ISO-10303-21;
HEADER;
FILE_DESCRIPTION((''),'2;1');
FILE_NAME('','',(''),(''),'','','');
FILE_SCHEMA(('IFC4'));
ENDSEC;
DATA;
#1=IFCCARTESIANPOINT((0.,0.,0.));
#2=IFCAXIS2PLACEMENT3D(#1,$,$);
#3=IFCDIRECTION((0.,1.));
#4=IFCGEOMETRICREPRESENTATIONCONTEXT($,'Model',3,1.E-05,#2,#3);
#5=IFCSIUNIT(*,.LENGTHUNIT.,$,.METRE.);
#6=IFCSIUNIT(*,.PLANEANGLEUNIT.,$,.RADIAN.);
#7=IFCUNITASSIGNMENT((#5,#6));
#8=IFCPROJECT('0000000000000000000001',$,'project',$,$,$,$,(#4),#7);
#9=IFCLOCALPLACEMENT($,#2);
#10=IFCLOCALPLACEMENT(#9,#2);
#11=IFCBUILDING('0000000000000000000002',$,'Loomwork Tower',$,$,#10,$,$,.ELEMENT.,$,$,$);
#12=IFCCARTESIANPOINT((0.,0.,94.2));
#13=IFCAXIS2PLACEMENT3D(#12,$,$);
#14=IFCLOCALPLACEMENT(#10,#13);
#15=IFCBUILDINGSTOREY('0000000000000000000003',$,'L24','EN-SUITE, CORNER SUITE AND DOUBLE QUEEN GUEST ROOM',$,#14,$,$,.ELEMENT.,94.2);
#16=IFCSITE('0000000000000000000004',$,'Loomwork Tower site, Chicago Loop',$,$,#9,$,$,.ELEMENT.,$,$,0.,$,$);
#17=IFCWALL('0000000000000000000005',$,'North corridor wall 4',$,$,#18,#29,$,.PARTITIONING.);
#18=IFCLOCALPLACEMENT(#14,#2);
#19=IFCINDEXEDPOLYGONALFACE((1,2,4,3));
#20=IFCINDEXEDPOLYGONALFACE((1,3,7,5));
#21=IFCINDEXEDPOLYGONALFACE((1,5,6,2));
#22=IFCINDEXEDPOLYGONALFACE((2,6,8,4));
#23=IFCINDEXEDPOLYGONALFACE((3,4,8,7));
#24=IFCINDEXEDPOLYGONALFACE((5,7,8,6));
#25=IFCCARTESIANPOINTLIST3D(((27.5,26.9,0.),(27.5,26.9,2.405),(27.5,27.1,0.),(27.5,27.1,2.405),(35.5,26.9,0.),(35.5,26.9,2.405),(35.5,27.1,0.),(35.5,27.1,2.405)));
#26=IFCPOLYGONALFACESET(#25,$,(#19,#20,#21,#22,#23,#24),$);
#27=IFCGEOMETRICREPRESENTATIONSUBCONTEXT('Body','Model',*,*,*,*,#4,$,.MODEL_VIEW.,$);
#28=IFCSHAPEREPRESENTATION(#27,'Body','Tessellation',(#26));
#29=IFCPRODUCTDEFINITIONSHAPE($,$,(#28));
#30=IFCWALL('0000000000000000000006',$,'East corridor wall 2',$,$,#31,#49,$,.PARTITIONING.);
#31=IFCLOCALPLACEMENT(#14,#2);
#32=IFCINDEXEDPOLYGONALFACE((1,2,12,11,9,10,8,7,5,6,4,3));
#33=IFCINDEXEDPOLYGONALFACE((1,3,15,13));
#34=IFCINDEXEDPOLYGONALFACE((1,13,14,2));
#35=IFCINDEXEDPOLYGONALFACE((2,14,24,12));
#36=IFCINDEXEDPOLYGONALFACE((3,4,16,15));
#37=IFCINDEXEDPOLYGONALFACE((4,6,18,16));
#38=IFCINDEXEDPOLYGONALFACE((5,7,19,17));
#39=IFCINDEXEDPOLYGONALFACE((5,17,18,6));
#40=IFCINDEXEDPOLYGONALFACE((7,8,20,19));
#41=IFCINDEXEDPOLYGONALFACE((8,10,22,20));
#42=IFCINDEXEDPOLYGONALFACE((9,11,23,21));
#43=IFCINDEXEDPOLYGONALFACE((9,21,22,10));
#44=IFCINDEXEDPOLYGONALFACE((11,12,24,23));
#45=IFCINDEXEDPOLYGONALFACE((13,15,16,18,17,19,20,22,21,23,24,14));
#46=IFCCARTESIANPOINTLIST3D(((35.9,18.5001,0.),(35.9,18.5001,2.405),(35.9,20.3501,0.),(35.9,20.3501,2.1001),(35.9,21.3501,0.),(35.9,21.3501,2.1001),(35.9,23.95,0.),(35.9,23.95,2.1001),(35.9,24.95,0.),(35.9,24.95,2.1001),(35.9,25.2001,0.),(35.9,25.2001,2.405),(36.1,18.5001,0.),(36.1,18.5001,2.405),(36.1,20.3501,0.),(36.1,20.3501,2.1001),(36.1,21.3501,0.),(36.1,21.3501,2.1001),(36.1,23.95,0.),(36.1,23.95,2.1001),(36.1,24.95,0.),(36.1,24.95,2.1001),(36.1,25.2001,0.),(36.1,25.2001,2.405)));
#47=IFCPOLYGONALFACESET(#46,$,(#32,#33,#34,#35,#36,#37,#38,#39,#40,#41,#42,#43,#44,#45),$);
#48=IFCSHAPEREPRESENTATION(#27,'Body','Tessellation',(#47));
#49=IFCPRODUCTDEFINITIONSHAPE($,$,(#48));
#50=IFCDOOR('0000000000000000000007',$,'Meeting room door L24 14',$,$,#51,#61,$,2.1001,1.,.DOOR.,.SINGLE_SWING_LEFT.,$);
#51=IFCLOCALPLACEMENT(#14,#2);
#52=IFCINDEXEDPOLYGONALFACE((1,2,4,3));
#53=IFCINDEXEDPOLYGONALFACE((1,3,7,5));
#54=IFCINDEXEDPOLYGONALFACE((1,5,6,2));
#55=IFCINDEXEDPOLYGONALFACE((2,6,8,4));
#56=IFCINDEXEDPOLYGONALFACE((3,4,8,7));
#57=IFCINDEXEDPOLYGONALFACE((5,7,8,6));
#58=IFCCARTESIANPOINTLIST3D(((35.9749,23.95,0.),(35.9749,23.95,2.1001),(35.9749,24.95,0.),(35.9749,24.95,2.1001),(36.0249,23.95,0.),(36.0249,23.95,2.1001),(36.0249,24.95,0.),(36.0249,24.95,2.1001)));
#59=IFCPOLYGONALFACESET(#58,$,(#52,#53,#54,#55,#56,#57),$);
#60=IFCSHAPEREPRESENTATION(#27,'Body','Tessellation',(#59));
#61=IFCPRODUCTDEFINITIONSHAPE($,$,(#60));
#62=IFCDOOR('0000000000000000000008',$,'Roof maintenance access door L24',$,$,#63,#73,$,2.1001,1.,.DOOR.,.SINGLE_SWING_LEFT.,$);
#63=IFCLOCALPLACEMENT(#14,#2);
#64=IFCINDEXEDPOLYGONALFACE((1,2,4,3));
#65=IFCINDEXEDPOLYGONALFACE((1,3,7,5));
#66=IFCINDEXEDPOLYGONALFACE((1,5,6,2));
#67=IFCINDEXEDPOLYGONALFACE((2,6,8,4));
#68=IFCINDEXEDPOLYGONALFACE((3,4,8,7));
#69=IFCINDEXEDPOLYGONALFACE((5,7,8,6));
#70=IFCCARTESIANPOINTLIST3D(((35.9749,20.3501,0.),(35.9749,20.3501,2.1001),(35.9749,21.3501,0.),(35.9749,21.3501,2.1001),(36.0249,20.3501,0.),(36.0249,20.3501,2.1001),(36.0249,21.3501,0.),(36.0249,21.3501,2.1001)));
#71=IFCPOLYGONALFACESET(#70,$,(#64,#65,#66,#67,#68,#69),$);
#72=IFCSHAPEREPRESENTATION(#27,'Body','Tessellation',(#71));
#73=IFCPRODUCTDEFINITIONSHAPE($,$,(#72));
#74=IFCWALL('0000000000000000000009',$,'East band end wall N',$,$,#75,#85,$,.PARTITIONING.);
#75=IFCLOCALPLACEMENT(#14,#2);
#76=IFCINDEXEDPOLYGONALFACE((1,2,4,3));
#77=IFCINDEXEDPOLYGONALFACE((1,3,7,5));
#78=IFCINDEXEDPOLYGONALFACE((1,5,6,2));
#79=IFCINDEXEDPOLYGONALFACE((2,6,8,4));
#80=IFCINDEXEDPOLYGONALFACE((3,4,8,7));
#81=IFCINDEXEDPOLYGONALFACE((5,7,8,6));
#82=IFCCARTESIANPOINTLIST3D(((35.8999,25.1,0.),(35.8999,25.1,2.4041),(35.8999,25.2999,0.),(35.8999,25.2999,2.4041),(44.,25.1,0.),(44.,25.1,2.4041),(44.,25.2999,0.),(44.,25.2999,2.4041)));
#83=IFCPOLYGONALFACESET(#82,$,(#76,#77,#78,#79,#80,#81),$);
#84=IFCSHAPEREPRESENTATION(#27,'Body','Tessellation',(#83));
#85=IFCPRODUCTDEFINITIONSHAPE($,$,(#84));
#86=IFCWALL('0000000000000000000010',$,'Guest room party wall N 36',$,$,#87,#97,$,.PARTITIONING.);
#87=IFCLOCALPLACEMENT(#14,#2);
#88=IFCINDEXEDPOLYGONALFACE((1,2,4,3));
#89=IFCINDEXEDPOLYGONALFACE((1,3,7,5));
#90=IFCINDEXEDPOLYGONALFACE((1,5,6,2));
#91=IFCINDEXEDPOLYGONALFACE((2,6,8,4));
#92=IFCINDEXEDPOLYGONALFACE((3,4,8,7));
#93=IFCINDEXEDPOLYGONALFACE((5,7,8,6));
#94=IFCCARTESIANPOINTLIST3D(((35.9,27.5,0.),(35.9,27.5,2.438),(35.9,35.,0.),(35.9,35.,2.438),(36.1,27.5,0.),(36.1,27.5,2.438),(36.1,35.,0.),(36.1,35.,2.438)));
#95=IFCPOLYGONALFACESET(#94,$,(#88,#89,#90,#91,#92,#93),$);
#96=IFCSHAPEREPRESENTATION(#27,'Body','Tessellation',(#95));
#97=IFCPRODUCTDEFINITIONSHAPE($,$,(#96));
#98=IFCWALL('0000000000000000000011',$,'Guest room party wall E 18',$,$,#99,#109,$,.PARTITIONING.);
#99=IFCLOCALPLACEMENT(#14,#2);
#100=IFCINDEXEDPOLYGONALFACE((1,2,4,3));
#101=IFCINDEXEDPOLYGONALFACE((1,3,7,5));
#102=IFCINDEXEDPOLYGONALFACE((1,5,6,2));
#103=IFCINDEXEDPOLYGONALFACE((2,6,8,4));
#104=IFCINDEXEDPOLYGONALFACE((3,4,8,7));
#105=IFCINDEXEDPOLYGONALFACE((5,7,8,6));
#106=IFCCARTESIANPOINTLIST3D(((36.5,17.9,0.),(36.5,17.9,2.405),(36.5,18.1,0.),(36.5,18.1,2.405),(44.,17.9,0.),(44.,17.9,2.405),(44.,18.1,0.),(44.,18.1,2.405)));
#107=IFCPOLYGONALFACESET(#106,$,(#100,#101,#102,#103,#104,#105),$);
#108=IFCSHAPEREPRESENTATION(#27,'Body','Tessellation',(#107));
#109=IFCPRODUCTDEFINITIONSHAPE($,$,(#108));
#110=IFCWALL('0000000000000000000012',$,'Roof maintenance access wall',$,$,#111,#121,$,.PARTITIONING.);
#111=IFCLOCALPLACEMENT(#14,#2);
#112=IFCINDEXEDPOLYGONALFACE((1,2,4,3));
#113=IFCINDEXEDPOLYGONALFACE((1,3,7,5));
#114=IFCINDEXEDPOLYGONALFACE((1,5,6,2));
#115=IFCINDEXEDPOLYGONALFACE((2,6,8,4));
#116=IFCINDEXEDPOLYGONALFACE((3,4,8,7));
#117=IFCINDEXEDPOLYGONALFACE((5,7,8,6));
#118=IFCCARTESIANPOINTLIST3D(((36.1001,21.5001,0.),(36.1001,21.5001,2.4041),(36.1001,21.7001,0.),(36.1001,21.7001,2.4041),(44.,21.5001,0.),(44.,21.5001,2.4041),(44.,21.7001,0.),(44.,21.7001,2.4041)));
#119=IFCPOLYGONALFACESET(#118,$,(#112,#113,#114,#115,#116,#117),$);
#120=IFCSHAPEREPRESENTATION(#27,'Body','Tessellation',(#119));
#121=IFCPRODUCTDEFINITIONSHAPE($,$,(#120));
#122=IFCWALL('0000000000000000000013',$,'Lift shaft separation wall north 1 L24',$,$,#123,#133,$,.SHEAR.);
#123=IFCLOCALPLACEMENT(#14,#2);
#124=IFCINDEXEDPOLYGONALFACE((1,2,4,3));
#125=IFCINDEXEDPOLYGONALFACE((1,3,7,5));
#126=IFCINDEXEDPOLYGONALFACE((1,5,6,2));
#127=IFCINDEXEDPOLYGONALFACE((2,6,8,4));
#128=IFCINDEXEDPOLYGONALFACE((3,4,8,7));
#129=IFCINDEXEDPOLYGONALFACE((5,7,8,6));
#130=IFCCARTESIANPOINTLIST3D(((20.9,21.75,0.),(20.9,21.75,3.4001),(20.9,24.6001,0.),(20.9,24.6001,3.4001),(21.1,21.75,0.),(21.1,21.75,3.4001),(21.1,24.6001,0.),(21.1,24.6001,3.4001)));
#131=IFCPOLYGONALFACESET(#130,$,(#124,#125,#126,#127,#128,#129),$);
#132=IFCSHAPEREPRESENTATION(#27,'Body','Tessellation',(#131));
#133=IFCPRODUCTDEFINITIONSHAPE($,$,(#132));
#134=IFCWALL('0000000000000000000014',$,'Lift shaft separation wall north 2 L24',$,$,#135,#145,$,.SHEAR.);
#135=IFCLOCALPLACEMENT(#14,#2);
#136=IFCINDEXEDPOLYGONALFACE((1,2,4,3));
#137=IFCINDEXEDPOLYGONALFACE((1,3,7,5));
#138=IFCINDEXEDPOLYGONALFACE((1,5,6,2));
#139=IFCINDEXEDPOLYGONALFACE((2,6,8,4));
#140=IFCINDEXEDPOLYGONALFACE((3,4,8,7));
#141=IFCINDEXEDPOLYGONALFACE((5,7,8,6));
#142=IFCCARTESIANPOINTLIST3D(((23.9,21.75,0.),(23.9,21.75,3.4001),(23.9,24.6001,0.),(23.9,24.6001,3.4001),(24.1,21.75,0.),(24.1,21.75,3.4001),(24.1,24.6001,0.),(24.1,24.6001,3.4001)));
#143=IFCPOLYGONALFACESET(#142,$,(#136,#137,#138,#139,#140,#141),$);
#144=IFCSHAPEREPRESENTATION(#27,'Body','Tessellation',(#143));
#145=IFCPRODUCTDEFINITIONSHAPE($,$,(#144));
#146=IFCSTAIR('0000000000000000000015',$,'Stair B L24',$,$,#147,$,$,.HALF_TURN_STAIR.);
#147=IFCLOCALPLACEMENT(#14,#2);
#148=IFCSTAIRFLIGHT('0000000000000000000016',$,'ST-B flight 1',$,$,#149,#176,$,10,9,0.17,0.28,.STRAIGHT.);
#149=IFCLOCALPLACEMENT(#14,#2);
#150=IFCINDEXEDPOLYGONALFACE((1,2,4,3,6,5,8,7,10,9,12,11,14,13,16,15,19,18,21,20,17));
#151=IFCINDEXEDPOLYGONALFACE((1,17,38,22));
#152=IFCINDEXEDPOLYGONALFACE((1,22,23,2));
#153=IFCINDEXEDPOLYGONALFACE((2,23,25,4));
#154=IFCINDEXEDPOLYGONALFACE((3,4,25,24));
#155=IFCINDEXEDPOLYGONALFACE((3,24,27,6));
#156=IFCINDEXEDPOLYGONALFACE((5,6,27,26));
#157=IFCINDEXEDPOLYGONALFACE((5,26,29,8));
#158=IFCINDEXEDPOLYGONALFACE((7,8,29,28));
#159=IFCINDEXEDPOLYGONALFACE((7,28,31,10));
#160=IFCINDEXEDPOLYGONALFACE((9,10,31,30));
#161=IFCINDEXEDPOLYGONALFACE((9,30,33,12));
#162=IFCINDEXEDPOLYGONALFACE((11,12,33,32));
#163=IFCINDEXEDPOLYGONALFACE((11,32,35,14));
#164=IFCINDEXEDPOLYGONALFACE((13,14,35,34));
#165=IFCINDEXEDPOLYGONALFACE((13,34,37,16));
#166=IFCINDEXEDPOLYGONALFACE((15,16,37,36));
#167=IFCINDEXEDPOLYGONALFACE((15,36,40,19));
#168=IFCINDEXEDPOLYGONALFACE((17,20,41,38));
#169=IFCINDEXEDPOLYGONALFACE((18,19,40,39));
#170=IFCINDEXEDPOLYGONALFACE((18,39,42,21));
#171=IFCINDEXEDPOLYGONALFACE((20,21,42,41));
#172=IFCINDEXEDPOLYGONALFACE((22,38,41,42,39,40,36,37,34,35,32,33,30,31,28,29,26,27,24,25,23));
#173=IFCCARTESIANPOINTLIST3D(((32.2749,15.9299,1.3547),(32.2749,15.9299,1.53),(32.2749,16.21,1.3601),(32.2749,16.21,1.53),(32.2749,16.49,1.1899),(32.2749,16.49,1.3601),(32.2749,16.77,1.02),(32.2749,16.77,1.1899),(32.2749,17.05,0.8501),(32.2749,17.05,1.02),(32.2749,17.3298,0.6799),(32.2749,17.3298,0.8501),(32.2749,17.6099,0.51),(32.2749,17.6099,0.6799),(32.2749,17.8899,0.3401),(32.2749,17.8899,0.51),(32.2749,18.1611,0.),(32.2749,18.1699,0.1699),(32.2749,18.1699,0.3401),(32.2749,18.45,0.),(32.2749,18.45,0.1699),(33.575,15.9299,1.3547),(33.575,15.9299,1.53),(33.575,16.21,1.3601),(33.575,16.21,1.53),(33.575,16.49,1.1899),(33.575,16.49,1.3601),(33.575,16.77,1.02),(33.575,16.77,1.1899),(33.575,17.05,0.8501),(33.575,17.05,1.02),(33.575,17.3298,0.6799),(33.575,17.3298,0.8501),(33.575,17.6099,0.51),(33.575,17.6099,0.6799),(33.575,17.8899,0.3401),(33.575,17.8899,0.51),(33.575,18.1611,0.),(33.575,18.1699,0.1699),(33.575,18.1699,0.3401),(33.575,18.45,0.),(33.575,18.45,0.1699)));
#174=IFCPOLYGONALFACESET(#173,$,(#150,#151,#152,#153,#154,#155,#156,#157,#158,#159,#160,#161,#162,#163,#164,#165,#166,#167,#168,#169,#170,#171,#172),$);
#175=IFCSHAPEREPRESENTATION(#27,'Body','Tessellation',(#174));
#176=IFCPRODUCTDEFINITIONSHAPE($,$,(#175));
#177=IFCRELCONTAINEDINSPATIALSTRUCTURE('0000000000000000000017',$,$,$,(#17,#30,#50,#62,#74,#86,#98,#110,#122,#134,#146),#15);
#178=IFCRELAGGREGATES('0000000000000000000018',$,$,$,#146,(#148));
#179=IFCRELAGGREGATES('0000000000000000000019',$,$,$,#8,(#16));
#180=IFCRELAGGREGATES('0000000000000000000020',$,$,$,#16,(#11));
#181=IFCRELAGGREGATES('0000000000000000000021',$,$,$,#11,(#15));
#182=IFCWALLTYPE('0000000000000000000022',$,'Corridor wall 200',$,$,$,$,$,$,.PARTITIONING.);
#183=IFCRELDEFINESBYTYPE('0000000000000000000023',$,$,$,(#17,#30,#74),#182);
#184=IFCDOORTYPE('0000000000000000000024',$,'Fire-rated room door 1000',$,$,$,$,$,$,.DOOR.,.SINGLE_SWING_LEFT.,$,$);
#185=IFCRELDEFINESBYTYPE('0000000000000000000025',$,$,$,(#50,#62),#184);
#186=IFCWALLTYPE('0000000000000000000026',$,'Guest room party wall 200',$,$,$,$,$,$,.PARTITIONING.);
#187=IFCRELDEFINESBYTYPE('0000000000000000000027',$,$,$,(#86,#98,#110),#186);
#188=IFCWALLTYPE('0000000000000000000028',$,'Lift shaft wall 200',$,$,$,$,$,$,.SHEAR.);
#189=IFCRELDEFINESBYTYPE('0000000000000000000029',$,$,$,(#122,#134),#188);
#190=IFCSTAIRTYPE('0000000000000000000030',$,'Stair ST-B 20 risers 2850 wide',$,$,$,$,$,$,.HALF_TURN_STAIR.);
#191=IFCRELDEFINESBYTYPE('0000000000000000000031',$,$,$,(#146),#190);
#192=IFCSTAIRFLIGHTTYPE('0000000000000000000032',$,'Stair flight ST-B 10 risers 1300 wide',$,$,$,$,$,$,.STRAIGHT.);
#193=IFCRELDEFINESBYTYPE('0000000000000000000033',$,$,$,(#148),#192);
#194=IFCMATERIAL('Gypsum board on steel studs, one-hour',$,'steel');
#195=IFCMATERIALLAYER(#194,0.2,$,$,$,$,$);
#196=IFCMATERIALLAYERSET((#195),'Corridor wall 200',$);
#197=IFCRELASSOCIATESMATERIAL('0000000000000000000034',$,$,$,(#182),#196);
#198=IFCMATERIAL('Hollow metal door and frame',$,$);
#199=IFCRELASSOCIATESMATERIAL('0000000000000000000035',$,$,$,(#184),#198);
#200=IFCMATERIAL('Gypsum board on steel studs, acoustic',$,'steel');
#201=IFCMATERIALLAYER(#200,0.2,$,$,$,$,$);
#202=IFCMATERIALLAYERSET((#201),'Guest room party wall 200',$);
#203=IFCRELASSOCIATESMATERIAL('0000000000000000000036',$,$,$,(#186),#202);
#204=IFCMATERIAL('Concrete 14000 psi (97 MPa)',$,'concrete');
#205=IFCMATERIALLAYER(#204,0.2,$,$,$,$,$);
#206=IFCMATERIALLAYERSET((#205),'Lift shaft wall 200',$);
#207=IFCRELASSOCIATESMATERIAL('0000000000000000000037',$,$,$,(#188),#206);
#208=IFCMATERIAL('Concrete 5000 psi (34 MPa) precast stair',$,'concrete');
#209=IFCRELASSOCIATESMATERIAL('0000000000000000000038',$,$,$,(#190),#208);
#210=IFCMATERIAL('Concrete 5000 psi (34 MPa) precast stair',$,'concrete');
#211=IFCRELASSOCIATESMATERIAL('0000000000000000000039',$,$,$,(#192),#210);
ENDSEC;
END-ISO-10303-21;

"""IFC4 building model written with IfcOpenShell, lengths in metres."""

from ifc_helpers import new_model, si_unit, direction, frame, frame_2d, origin, place, context, subcontext, project, spatial, polyline, rectangle, outline, extrude, material, layer, layer_set, type_object, element, fill, aggregate, save


model = new_model("IFC4")

# Units and contexts
model_context = context("Model", 3, precision=1e-05, world=origin(), true_north=direction((0.0, 1.0)))
body_context = subcontext(model_context, "Body", "Model", "MODEL_VIEW")
ifc_project = project(units=[si_unit("LENGTHUNIT", "METRE"), si_unit("PLANEANGLEUNIT", "RADIAN")], contexts=[model_context])

# Site, building, storey
site_placement = place(None, origin())
site = spatial("IfcSite", under=ifc_project, at=site_placement, Name="Loomwork Tower site, Chicago Loop", CompositionType="ELEMENT", RefElevation=0.0)
building_placement = place(site_placement, origin())
building = spatial("IfcBuilding", under=site, at=building_placement, Name="Loomwork Tower", CompositionType="ELEMENT")
storey_placement = place(building_placement, frame((0.0, 0.0, 94.2)))
storey = spatial("IfcBuildingStorey", under=building, at=storey_placement, Name="L24", Description="EN-SUITE, CORNER SUITE AND DOUBLE QUEEN GUEST ROOM", CompositionType="ELEMENT", Elevation=94.2)

# Wall
ifc_material_1 = material(Name="Gypsum board on steel studs, one-hour", Category="steel")
ifc_layer_1 = layer(ifc_material_1, 0.2)
ifc_layer_set_1 = layer_set([ifc_layer_1], Name="Corridor wall 200")
wall_type_1 = type_object("IfcWallType", Name="Corridor wall 200", PredefinedType="PARTITIONING", material=ifc_layer_set_1)
wall_1_placement = place(storey_placement, frame((27.5, 27.0, 0.0), z_axis=(0.0, 0.0, 1.0), x_axis=(1.0, 0.0, 0.0)))
element("IfcWall", 1, at=wall_1_placement, inside=storey, type_object=wall_type_1, Name="North corridor wall 4", PredefinedType="PARTITIONING", context=body_context, shape_type="SweptSolid", body=[
    extrude(rectangle(XDim=8.0, YDim=0.2, at=frame_2d((4.0, 0.0))), origin(), (0.0, 0.0, 1.0), 2.405),
])

# Wall, openings, doors
wall_2_placement = place(storey_placement, frame((36.0, 18.5, 0.0), z_axis=(0.0, 0.0, 1.0), x_axis=(0.0, 1.0, 0.0)))
wall_2 = element("IfcWall", 2, at=wall_2_placement, inside=storey, type_object=wall_type_1, Name="East corridor wall 2", PredefinedType="PARTITIONING", context=body_context, shape_type="SweptSolid", body=[
    extrude(rectangle(XDim=6.7, YDim=0.2, at=frame_2d((3.3501, 0.0))), origin(), (0.0, 0.0, 1.0), 2.405),
])
opening_1_placement = place(wall_2_placement, frame((5.45, 0.0, 0.0)))
opening_1 = element("IfcOpeningElement", 3, at=opening_1_placement, cuts=wall_2, PredefinedType="OPENING", context=body_context, shape_type="SweptSolid", body=[
    extrude(rectangle(XDim=1.0, YDim=2.1001, at=frame_2d((0.5, 1.05))), frame((0.0, 0.1099, 0.0), z_axis=(0.0, -1.0, 0.0), x_axis=(1.0, 0.0, 0.0)), (0.0, 0.0, 1.0), 0.22),
])
opening_2_placement = place(wall_2_placement, frame((1.8501, 0.0, 0.0)))
opening_2 = element("IfcOpeningElement", 4, at=opening_2_placement, cuts=wall_2, PredefinedType="OPENING", context=body_context, shape_type="SweptSolid", body=[
    extrude(rectangle(XDim=1.0, YDim=2.1001, at=frame_2d((0.5, 1.05))), frame((0.0, 0.1099, 0.0), z_axis=(0.0, -1.0, 0.0), x_axis=(1.0, 0.0, 0.0)), (0.0, 0.0, 1.0), 0.22),
])
ifc_material_2 = material(Name="Hollow metal door and frame")
door_type_1 = type_object("IfcDoorType", Name="Fire-rated room door 1000", OperationType="SINGLE_SWING_LEFT", PredefinedType="DOOR", material=ifc_material_2)
door_1_placement = place(opening_1_placement, frame((1.0, 0.0, 0.0), z_axis=(0.0, 0.0, 1.0), x_axis=(-1.0, 0.0, 0.0)))
door_1 = element("IfcDoor", 5, at=door_1_placement, inside=storey, type_object=door_type_1, Name="Meeting room door L24 14", OperationType="SINGLE_SWING_LEFT", OverallHeight=2.1001, OverallWidth=1.0, PredefinedType="DOOR", context=body_context, shape_type="SweptSolid", body=[
    extrude(rectangle(XDim=1.0, YDim=2.1001, at=frame_2d((0.5, 1.05))), frame((0.0, 0.0249, 0.0), z_axis=(0.0, -1.0, 0.0), x_axis=(1.0, 0.0, 0.0)), (0.0, 0.0, 1.0), 0.05),
])
fill(opening_1, door_1)
door_2_placement = place(opening_2_placement, frame((1.0, 0.0, 0.0), z_axis=(0.0, 0.0, 1.0), x_axis=(-1.0, 0.0, 0.0)))
door_2 = element("IfcDoor", 6, at=door_2_placement, inside=storey, type_object=door_type_1, Name="Roof maintenance access door L24", OperationType="SINGLE_SWING_LEFT", OverallHeight=2.1001, OverallWidth=1.0, PredefinedType="DOOR", context=body_context, shape_type="SweptSolid", body=[
    extrude(rectangle(XDim=1.0, YDim=2.1001, at=frame_2d((0.5, 1.05))), frame((0.0, 0.0249, 0.0), z_axis=(0.0, -1.0, 0.0), x_axis=(1.0, 0.0, 0.0)), (0.0, 0.0, 1.0), 0.05),
])
fill(opening_2, door_2)

# Walls
wall_3_placement = place(storey_placement, frame((35.8999, 25.2, 0.0), z_axis=(0.0, 0.0, 1.0), x_axis=(1.0, 0.0, 0.0)))
element("IfcWall", 7, at=wall_3_placement, inside=storey, type_object=wall_type_1, Name="East band end wall N", PredefinedType="PARTITIONING", context=body_context, shape_type="SweptSolid", body=[
    extrude(rectangle(XDim=8.1001, YDim=0.2, at=frame_2d((4.05, 0.0))), origin(), (0.0, 0.0, 1.0), 2.4041),
])
ifc_material_3 = material(Name="Gypsum board on steel studs, acoustic", Category="steel")
ifc_layer_2 = layer(ifc_material_3, 0.2)
ifc_layer_set_2 = layer_set([ifc_layer_2], Name="Guest room party wall 200")
wall_type_2 = type_object("IfcWallType", Name="Guest room party wall 200", PredefinedType="PARTITIONING", material=ifc_layer_set_2)
wall_4_placement = place(storey_placement, frame((36.0, 27.5, 0.0), z_axis=(0.0, 0.0, 1.0), x_axis=(0.0, 1.0, 0.0)))
element("IfcWall", 8, at=wall_4_placement, inside=storey, type_object=wall_type_2, Name="Guest room party wall N 36", PredefinedType="PARTITIONING", context=body_context, shape_type="SweptSolid", body=[
    extrude(rectangle(XDim=7.5, YDim=0.2, at=frame_2d((3.75, 0.0))), origin(), (0.0, 0.0, 1.0), 2.438),
])
wall_5_placement = place(storey_placement, frame((36.5, 18.0, 0.0), z_axis=(0.0, 0.0, 1.0), x_axis=(1.0, 0.0, 0.0)))
element("IfcWall", 9, at=wall_5_placement, inside=storey, type_object=wall_type_2, Name="Guest room party wall E 18", PredefinedType="PARTITIONING", context=body_context, shape_type="SweptSolid", body=[
    extrude(rectangle(XDim=7.5, YDim=0.2, at=frame_2d((3.75, 0.0))), origin(), (0.0, 0.0, 1.0), 2.405),
])
wall_6_placement = place(storey_placement, frame((36.1001, 21.6001, 0.0), z_axis=(0.0, 0.0, 1.0), x_axis=(1.0, 0.0, 0.0)))
element("IfcWall", 10, at=wall_6_placement, inside=storey, type_object=wall_type_2, Name="Roof maintenance access wall", PredefinedType="PARTITIONING", context=body_context, shape_type="SweptSolid", body=[
    extrude(rectangle(XDim=7.8999, YDim=0.2, at=frame_2d((3.95, 0.0))), origin(), (0.0, 0.0, 1.0), 2.4041),
])
ifc_material_4 = material(Name="Concrete 14000 psi (97 MPa)", Category="concrete")
ifc_layer_3 = layer(ifc_material_4, 0.2)
ifc_layer_set_3 = layer_set([ifc_layer_3], Name="Lift shaft wall 200")
wall_type_3 = type_object("IfcWallType", Name="Lift shaft wall 200", PredefinedType="SHEAR", material=ifc_layer_set_3)
for number, where, z_axis, x_axis, name in (
    (11, (21.0, 21.75, 0.0), (0.0, 0.0, 1.0), (0.0, 1.0, 0.0), "Lift shaft separation wall north 1 L24"),
    (12, (24.0, 21.75, 0.0), (0.0, 0.0, 1.0), (0.0, 1.0, 0.0), "Lift shaft separation wall north 2 L24"),
):
    element("IfcWall", number, at=place(storey_placement, frame(where, z_axis=z_axis, x_axis=x_axis)), inside=storey, type_object=wall_type_3, Name=name, PredefinedType="SHEAR", context=body_context, shape_type="SweptSolid", body=[
        extrude(rectangle(XDim=2.8501, YDim=0.2, at=frame_2d((1.425, 0.0))), origin(), (0.0, 0.0, 1.0), 3.4001),
    ])

# Stair, stair flight
ifc_material_5 = material(Name="Concrete 5000 psi (34 MPa) precast stair", Category="concrete")
stair_type = type_object("IfcStairType", Name="Stair ST-B 20 risers 2850 wide", PredefinedType="HALF_TURN_STAIR", material=ifc_material_5)
stair_placement = place(storey_placement, origin())
stair = element("IfcStair", 13, at=stair_placement, inside=storey, type_object=stair_type, Name="Stair B L24", PredefinedType="HALF_TURN_STAIR")
ifc_material_6 = material(Name="Concrete 5000 psi (34 MPa) precast stair", Category="concrete")
stair_flight_type = type_object("IfcStairFlightType", Name="Stair flight ST-B 10 risers 1300 wide", PredefinedType="STRAIGHT", material=ifc_material_6)
stair_flight_placement = place(storey_placement, frame((32.925, 18.45, 0.0), z_axis=(0.0, 0.0, 1.0), x_axis=(0.0, -1.0, 0.0)))
stair_flight = element("IfcStairFlight", 14, at=stair_flight_placement, type_object=stair_flight_type, Name="ST-B flight 1", NumberOfRisers=10, NumberOfTreads=9, PredefinedType="STRAIGHT", RiserHeight=0.17, TreadLength=0.28, context=body_context, shape_type="SweptSolid", body=[
    extrude(outline(polyline([(0.0, 0.0), (0.0, 0.1699), (0.28, 0.1699), (0.28, 0.3401), (0.5601, 0.3401), (0.5601, 0.51), (0.8401, 0.51), (0.8401, 0.6799), (1.1201, 0.6799), (1.1201, 0.8501), (1.3999, 0.8501), (1.3999, 1.02), (1.6799, 1.02), (1.6799, 1.1899), (1.96, 1.1899), (1.96, 1.3601), (2.24, 1.3601), (2.24, 1.53), (2.52, 1.53), (2.52, 1.7), (2.52, 1.3547), (0.2888, 0.0), (0.0, 0.0)])), frame((0.0, 0.6499, 0.0), z_axis=(0.0, -1.0, 0.0), x_axis=(1.0, 0.0, 0.0)), (0.0, 0.0, 1.0), 1.3),
])
aggregate(stair, [stair_flight])

save(model, "model.ifc")
